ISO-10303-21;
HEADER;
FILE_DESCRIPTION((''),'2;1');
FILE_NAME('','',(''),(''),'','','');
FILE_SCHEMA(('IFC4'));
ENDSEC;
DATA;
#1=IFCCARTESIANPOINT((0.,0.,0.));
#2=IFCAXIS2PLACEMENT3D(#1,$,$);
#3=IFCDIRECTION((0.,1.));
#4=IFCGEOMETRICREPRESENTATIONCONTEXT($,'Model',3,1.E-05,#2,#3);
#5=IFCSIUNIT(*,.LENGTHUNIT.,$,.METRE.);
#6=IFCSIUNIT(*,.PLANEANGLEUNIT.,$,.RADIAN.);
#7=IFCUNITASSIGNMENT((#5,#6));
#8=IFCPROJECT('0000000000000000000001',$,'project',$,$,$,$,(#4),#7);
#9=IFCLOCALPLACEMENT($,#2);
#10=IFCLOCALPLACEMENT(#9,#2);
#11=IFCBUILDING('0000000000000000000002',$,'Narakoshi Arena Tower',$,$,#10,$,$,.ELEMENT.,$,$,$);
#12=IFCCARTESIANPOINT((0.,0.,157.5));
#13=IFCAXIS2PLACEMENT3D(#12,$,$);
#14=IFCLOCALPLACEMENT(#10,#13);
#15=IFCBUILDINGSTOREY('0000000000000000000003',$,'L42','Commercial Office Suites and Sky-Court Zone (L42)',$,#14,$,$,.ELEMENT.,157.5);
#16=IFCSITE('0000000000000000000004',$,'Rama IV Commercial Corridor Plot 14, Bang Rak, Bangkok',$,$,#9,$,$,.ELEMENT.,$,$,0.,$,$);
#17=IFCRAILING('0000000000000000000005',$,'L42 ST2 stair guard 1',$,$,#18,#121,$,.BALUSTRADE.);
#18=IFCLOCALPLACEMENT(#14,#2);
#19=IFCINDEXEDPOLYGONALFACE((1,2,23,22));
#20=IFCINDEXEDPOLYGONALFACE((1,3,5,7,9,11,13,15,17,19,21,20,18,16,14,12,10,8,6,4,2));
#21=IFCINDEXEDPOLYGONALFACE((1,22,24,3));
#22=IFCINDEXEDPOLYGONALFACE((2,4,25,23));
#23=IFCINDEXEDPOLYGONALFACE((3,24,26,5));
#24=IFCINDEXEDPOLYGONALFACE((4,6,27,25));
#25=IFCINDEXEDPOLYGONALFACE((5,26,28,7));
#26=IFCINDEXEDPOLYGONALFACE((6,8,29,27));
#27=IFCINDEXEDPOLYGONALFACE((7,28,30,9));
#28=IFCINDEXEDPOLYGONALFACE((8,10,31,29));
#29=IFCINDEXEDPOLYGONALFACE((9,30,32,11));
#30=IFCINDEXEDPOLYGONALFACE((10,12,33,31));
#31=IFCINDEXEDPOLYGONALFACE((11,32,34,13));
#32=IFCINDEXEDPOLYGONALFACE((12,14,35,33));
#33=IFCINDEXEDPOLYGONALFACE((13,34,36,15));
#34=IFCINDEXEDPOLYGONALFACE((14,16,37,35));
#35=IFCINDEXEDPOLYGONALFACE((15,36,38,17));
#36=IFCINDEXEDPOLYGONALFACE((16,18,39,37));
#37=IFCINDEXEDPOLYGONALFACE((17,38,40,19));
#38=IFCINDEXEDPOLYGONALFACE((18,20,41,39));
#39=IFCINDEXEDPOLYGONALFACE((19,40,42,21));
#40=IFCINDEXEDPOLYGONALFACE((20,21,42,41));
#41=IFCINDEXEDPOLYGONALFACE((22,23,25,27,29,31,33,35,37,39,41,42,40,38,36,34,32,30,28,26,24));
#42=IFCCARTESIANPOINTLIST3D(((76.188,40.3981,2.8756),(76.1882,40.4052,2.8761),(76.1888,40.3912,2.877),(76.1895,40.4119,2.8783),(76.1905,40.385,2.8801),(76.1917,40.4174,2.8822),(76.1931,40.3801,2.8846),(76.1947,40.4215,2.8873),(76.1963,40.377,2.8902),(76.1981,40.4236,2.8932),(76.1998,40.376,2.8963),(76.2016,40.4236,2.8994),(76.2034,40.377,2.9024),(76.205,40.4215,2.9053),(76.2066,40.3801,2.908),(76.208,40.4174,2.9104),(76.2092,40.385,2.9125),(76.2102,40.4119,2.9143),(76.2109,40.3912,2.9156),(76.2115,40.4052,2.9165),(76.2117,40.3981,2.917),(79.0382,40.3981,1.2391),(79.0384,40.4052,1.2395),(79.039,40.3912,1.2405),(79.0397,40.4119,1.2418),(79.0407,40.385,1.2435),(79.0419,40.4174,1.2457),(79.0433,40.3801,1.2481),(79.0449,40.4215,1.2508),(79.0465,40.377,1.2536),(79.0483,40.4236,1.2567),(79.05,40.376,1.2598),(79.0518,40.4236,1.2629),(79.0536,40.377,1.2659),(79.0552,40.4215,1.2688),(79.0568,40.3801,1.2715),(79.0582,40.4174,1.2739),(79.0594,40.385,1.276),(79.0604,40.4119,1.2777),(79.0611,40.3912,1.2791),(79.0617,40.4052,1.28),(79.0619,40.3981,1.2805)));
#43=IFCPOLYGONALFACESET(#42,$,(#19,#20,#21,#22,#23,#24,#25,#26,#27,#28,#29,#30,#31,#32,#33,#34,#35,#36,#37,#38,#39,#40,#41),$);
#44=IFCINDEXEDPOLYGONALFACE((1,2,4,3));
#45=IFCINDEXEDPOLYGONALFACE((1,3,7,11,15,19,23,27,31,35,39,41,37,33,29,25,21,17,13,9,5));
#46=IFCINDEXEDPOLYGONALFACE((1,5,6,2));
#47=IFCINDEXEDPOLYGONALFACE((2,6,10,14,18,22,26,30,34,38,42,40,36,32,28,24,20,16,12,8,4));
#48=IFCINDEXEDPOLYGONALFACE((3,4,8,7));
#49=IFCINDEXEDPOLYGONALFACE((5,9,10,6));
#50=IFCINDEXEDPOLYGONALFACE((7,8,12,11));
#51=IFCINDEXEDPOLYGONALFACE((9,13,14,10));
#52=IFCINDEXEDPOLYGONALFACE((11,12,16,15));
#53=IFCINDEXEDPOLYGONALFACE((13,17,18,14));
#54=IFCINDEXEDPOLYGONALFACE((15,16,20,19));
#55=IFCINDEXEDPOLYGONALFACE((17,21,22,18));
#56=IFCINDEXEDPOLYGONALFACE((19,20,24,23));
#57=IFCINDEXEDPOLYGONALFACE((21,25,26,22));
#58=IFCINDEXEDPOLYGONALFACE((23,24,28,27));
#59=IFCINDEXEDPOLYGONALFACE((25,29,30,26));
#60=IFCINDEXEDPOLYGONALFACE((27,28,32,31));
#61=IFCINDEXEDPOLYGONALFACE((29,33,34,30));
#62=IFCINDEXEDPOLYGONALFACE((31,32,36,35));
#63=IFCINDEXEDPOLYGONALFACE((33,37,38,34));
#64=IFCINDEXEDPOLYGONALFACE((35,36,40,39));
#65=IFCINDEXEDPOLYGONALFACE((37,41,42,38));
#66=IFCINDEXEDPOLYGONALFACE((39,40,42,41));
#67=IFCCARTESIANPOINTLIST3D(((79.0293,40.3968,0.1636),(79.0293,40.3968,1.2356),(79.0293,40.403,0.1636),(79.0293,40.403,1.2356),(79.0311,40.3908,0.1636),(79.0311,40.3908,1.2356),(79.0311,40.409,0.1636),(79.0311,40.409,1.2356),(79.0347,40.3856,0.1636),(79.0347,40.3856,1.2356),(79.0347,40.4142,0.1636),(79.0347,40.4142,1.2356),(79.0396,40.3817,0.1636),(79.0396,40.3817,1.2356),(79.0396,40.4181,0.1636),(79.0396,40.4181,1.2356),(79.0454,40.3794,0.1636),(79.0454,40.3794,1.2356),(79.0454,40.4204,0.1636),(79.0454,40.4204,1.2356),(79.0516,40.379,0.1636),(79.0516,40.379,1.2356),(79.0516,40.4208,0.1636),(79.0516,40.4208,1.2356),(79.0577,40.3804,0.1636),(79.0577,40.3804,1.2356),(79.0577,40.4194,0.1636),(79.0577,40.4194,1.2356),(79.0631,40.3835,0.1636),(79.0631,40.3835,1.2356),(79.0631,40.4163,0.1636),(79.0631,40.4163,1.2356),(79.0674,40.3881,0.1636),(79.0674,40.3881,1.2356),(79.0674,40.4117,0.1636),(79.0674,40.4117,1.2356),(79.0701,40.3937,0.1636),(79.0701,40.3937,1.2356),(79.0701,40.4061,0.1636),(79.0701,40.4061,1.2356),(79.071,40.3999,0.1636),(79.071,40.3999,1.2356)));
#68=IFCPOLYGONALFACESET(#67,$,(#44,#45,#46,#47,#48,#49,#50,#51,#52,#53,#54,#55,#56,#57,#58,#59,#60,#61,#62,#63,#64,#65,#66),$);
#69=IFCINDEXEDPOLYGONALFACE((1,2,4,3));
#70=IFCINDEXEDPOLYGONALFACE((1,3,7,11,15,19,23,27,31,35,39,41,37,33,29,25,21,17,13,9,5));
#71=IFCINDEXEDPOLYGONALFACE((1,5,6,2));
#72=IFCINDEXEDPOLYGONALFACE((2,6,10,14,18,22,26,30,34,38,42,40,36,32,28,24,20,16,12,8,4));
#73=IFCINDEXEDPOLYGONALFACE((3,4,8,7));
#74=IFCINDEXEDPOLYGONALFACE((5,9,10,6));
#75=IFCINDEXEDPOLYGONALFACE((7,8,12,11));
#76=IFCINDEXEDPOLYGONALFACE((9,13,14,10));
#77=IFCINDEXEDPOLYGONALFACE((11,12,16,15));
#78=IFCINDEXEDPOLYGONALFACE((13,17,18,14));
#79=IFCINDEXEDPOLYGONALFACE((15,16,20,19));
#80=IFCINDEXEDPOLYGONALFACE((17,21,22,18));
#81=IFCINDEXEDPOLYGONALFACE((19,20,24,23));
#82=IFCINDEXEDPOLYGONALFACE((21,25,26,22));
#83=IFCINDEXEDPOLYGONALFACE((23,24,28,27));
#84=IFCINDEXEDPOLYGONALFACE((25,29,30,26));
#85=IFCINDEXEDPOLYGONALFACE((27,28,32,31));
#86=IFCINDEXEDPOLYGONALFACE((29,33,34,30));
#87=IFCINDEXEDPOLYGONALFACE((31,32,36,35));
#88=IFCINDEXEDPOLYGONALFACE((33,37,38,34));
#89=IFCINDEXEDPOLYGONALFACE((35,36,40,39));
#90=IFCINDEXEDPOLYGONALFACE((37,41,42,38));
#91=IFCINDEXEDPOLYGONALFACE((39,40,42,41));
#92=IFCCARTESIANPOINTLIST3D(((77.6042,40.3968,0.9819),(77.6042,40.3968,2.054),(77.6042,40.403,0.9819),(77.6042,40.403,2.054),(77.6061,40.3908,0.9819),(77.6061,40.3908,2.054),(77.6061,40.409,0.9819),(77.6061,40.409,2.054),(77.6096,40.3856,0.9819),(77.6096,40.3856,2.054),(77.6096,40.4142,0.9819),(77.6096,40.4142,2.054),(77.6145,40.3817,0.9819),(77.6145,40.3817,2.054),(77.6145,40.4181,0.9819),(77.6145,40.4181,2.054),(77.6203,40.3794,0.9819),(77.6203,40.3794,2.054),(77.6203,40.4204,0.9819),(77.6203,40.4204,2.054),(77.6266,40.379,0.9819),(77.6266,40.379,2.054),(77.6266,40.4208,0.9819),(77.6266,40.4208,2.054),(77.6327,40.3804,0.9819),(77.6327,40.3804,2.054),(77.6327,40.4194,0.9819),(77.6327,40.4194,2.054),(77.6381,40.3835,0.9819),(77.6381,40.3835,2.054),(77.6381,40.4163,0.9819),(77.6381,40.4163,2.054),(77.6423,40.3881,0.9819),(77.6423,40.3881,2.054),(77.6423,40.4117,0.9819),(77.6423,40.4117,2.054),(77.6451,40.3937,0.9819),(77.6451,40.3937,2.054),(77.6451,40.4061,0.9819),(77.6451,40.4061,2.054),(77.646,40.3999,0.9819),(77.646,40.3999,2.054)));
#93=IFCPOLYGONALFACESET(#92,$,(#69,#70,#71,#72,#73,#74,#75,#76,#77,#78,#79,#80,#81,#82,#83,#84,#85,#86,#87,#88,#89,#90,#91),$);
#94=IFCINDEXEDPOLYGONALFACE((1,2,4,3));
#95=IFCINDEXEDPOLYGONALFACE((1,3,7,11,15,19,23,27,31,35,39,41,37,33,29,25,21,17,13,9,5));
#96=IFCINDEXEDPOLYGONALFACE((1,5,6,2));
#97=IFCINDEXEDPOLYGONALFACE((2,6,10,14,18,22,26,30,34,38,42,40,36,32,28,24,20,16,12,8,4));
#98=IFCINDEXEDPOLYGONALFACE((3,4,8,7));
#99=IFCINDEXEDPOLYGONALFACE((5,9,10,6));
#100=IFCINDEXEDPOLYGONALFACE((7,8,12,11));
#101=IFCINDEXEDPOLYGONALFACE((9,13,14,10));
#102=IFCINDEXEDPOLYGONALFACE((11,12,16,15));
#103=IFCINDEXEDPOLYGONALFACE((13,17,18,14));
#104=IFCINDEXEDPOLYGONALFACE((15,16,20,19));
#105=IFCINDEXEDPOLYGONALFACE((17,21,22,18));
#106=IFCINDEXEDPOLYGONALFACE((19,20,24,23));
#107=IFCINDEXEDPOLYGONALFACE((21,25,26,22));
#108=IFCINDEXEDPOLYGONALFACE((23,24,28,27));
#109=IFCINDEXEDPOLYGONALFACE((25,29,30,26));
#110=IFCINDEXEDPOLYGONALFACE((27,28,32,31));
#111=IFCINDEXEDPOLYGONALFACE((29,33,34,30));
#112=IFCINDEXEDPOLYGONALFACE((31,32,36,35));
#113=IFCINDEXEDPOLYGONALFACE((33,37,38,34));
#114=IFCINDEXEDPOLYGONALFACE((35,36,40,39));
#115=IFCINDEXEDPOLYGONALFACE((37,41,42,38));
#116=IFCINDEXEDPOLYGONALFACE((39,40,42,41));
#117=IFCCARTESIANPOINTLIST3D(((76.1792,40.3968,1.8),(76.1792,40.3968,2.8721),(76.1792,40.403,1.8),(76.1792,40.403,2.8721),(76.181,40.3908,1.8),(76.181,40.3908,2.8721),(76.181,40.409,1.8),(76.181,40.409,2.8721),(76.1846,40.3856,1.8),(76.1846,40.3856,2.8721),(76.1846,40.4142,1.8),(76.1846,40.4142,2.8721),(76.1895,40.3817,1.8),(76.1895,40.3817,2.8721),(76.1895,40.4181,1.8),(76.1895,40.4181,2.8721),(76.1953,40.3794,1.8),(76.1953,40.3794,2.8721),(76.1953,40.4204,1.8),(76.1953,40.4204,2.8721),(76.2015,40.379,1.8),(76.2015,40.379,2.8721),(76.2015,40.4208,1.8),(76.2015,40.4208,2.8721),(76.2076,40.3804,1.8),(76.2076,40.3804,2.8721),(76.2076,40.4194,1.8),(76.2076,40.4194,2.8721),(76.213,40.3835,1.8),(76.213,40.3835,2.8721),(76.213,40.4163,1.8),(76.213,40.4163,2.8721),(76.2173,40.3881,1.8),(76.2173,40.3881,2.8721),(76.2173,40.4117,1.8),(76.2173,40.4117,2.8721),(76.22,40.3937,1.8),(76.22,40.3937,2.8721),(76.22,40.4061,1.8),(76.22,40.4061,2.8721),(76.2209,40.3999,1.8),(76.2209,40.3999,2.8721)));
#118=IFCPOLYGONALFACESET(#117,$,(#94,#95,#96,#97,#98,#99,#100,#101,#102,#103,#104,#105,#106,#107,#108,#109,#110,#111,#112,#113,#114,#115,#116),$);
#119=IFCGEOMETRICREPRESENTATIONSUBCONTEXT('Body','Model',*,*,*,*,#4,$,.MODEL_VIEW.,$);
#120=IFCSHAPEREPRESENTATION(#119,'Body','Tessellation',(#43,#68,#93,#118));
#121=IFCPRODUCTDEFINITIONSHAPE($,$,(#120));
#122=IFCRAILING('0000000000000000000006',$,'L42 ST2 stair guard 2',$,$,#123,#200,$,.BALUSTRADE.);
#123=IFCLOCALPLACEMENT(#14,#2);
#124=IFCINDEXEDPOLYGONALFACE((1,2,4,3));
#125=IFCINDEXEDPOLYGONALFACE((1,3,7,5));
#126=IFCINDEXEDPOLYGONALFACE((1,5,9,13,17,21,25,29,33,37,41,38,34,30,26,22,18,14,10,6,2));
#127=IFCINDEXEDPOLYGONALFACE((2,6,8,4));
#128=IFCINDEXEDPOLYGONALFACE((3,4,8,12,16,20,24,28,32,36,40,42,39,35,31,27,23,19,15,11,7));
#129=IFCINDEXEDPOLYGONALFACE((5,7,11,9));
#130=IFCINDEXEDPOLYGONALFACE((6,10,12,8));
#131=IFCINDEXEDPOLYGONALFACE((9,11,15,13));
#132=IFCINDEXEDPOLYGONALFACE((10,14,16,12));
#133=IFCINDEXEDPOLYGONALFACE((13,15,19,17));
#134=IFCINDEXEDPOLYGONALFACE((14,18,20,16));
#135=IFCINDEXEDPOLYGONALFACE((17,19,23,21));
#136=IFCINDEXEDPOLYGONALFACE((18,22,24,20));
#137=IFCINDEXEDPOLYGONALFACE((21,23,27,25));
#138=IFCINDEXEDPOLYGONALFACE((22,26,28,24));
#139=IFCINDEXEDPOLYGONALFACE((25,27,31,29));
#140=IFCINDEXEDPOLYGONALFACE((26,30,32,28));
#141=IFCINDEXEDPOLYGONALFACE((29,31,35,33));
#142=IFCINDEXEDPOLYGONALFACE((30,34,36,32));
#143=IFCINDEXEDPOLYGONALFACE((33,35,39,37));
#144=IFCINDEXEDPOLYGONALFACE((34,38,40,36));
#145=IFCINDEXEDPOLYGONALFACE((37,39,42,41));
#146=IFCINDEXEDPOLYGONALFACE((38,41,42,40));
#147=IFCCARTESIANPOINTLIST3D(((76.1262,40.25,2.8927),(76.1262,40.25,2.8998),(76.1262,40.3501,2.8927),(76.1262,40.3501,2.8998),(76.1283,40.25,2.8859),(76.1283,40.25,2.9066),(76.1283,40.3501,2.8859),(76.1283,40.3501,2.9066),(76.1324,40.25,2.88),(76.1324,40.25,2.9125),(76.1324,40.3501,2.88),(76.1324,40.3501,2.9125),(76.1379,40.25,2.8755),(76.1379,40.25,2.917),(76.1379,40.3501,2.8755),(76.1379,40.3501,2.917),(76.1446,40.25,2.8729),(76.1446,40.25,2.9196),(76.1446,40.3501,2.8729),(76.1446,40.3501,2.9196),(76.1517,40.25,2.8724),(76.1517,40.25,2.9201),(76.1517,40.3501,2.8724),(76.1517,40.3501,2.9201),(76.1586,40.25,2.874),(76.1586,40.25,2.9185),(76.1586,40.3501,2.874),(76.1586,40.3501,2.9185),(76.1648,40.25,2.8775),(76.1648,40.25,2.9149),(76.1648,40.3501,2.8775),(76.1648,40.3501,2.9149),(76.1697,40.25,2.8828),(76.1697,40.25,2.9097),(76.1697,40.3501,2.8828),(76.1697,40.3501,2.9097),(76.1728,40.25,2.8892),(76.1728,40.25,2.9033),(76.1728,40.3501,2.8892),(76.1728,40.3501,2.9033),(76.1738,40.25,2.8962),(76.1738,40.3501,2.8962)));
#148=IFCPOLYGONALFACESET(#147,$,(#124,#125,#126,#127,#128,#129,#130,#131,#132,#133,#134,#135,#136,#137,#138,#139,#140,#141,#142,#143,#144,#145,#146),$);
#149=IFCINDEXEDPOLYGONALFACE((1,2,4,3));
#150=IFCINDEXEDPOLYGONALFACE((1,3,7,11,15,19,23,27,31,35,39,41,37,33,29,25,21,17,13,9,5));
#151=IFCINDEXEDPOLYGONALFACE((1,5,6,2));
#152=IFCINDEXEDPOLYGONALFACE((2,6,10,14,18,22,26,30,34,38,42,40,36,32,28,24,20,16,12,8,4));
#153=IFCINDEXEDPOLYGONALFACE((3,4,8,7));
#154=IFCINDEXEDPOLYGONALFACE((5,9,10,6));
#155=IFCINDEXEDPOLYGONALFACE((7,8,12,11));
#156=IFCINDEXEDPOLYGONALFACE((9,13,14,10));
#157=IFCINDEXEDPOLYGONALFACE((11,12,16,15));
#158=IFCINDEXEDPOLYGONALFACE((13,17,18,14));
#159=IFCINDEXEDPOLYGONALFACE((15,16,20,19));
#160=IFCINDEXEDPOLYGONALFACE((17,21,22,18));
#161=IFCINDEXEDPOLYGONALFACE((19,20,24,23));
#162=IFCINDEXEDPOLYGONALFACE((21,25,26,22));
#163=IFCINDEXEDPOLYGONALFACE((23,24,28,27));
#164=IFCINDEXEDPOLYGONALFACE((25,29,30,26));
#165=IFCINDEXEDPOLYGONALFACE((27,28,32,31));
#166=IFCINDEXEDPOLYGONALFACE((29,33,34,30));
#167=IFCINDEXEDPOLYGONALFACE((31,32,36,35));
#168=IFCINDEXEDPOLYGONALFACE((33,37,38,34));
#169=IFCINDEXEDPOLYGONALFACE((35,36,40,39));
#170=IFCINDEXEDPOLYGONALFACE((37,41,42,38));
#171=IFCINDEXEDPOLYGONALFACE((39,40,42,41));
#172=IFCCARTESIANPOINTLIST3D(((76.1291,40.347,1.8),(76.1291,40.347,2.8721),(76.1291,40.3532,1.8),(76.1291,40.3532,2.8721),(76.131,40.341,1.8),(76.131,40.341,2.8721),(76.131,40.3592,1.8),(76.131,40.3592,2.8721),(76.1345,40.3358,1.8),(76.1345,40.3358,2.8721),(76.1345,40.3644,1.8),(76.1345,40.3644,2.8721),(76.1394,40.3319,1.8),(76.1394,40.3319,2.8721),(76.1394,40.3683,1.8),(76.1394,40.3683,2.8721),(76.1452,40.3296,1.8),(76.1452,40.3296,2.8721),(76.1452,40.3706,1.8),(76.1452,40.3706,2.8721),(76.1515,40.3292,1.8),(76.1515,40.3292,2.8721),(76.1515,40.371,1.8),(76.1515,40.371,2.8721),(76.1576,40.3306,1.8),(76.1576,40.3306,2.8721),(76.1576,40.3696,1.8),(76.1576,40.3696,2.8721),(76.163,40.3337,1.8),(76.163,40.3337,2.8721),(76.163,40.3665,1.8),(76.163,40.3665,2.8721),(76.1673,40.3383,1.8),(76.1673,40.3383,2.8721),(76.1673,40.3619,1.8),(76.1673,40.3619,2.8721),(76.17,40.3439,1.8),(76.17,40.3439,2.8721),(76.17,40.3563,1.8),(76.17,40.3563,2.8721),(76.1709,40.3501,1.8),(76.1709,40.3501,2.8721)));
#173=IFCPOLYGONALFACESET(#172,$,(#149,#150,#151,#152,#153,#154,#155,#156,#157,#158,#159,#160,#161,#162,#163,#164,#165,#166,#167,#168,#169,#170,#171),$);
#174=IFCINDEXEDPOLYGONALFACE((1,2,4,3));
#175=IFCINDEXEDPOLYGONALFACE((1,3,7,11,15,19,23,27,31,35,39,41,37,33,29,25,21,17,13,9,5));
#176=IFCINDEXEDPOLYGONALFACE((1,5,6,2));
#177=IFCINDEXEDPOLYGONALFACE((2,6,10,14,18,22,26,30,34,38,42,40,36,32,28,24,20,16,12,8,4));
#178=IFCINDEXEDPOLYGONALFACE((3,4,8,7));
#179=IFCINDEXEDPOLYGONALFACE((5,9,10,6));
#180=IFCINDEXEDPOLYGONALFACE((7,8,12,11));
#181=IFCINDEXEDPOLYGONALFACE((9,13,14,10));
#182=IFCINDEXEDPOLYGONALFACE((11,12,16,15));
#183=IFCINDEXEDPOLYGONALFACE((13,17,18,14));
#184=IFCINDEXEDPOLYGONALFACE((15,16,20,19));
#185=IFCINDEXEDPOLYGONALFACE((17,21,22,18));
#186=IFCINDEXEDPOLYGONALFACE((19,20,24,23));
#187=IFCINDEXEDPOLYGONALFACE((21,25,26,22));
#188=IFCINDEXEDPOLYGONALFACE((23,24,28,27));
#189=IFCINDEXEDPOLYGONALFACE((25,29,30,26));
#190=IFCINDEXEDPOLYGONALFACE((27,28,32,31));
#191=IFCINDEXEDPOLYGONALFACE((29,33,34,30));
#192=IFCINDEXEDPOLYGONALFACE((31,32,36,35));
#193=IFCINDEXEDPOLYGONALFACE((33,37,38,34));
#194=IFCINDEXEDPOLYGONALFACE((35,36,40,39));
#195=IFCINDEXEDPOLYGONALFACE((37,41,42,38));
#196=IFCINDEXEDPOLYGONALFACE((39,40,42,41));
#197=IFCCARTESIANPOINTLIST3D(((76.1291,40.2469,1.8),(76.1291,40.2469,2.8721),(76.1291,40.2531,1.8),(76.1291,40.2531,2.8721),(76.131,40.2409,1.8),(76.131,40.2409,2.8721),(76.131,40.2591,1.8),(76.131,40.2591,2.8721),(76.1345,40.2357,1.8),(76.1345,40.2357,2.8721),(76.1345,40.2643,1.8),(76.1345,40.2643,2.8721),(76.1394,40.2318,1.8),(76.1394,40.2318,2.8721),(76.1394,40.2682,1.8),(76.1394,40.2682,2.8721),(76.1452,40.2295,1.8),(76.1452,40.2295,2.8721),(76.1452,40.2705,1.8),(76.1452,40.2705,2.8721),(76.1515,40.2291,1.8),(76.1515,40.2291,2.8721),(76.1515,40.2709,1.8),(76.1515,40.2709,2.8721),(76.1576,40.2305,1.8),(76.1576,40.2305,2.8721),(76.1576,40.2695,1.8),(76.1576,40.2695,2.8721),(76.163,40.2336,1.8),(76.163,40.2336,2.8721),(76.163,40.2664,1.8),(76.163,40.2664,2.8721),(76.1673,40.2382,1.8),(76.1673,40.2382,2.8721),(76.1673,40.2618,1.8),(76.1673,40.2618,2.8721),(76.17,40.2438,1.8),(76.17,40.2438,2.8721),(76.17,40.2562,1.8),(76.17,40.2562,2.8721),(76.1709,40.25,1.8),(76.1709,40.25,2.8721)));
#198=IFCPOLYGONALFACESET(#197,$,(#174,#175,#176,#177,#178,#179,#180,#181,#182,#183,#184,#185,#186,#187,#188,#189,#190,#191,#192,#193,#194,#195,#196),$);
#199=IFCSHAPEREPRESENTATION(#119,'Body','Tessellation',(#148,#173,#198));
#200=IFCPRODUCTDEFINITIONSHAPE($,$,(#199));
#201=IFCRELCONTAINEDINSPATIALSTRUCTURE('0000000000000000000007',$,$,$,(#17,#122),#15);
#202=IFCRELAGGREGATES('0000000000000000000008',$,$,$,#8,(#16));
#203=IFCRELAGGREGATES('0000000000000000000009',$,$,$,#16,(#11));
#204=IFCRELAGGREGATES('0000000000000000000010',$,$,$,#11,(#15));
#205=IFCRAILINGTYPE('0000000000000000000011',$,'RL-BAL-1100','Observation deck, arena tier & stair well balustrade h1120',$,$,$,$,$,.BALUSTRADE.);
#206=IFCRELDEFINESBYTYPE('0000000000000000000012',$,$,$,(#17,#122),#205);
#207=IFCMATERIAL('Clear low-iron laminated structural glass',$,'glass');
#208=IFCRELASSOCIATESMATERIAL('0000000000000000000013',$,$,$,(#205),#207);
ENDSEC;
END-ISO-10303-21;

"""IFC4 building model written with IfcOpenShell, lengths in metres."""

from ifc_helpers import new_model, si_unit, direction, frame, origin, origin_2d, place, context, subcontext, project, spatial, circle, extrude, material, type_object, element, save


model = new_model("IFC4")

# Units and contexts
model_context = context("Model", 3, precision=1e-05, world=origin(), true_north=direction((0.0, 1.0)))
body_context = subcontext(model_context, "Body", "Model", "MODEL_VIEW")
ifc_project = project(units=[si_unit("LENGTHUNIT", "METRE"), si_unit("PLANEANGLEUNIT", "RADIAN")], contexts=[model_context])

# Site, building, storey
site_placement = place(None, origin())
site = spatial("IfcSite", under=ifc_project, at=site_placement, Name="Rama IV Commercial Corridor Plot 14, Bang Rak, Bangkok", CompositionType="ELEMENT", RefElevation=0.0)
building_placement = place(site_placement, origin())
building = spatial("IfcBuilding", under=site, at=building_placement, Name="Narakoshi Arena Tower", CompositionType="ELEMENT")
storey_placement = place(building_placement, frame((0.0, 0.0, 157.5)))
storey = spatial("IfcBuildingStorey", under=building, at=storey_placement, Name="L42", Description="Commercial Office Suites and Sky-Court Zone (L42)", CompositionType="ELEMENT", Elevation=157.5)

# Railings
ifc_material_1 = material(Name="Clear low-iron laminated structural glass", Category="glass")
railing_type_1 = type_object("IfcRailingType", Name="RL-BAL-1100", Description="Observation deck, arena tier & stair well balustrade h1120", PredefinedType="BALUSTRADE", material=ifc_material_1)
railing_1_placement = place(storey_placement, frame((79.05, 40.3999, 0.1636)))
element("IfcRailing", 1, at=railing_1_placement, inside=storey, type_object=railing_type_1, Name="L42 ST2 stair guard 1", PredefinedType="BALUSTRADE", context=body_context, shape_type="SweptSolid", body=[
    extrude(circle(Radius=0.0239, at=origin_2d()), frame((0.0, 0.0, 1.0962), z_axis=(-0.867213, 0.0, 0.497938), x_axis=(0.0, -1.0, 0.0)), (0.0, 0.0, 1.0), 3.2866),
    extrude(circle(Radius=0.021, at=origin_2d()), origin(), (0.0, 0.0, 1.0), 1.072),
    extrude(circle(Radius=0.021, at=origin_2d()), frame((-1.425, 0.0, 0.8184)), (0.0, 0.0, 1.0), 1.072),
    extrude(circle(Radius=0.021, at=origin_2d()), frame((-2.8501, 0.0, 1.6365)), (0.0, 0.0, 1.0), 1.072),
])
railing_2_placement = place(storey_placement, frame((76.1499, 40.3501, 1.8)))
element("IfcRailing", 2, at=railing_2_placement, inside=storey, type_object=railing_type_1, Name="L42 ST2 stair guard 2", PredefinedType="BALUSTRADE", context=body_context, shape_type="SweptSolid", body=[
    extrude(circle(Radius=0.0239, at=origin_2d()), frame((0.0, 0.0, 1.0962), z_axis=(0.0, -1.0, 0.0), x_axis=(1.0, 0.0, 0.0)), (0.0, 0.0, 1.0), 0.1001),
    extrude(circle(Radius=0.021, at=origin_2d()), origin(), (0.0, 0.0, 1.0), 1.072),
    extrude(circle(Radius=0.021, at=origin_2d()), frame((0.0, -0.1001, 0.0)), (0.0, 0.0, 1.0), 1.072),
])

save(model, "model.ifc")
